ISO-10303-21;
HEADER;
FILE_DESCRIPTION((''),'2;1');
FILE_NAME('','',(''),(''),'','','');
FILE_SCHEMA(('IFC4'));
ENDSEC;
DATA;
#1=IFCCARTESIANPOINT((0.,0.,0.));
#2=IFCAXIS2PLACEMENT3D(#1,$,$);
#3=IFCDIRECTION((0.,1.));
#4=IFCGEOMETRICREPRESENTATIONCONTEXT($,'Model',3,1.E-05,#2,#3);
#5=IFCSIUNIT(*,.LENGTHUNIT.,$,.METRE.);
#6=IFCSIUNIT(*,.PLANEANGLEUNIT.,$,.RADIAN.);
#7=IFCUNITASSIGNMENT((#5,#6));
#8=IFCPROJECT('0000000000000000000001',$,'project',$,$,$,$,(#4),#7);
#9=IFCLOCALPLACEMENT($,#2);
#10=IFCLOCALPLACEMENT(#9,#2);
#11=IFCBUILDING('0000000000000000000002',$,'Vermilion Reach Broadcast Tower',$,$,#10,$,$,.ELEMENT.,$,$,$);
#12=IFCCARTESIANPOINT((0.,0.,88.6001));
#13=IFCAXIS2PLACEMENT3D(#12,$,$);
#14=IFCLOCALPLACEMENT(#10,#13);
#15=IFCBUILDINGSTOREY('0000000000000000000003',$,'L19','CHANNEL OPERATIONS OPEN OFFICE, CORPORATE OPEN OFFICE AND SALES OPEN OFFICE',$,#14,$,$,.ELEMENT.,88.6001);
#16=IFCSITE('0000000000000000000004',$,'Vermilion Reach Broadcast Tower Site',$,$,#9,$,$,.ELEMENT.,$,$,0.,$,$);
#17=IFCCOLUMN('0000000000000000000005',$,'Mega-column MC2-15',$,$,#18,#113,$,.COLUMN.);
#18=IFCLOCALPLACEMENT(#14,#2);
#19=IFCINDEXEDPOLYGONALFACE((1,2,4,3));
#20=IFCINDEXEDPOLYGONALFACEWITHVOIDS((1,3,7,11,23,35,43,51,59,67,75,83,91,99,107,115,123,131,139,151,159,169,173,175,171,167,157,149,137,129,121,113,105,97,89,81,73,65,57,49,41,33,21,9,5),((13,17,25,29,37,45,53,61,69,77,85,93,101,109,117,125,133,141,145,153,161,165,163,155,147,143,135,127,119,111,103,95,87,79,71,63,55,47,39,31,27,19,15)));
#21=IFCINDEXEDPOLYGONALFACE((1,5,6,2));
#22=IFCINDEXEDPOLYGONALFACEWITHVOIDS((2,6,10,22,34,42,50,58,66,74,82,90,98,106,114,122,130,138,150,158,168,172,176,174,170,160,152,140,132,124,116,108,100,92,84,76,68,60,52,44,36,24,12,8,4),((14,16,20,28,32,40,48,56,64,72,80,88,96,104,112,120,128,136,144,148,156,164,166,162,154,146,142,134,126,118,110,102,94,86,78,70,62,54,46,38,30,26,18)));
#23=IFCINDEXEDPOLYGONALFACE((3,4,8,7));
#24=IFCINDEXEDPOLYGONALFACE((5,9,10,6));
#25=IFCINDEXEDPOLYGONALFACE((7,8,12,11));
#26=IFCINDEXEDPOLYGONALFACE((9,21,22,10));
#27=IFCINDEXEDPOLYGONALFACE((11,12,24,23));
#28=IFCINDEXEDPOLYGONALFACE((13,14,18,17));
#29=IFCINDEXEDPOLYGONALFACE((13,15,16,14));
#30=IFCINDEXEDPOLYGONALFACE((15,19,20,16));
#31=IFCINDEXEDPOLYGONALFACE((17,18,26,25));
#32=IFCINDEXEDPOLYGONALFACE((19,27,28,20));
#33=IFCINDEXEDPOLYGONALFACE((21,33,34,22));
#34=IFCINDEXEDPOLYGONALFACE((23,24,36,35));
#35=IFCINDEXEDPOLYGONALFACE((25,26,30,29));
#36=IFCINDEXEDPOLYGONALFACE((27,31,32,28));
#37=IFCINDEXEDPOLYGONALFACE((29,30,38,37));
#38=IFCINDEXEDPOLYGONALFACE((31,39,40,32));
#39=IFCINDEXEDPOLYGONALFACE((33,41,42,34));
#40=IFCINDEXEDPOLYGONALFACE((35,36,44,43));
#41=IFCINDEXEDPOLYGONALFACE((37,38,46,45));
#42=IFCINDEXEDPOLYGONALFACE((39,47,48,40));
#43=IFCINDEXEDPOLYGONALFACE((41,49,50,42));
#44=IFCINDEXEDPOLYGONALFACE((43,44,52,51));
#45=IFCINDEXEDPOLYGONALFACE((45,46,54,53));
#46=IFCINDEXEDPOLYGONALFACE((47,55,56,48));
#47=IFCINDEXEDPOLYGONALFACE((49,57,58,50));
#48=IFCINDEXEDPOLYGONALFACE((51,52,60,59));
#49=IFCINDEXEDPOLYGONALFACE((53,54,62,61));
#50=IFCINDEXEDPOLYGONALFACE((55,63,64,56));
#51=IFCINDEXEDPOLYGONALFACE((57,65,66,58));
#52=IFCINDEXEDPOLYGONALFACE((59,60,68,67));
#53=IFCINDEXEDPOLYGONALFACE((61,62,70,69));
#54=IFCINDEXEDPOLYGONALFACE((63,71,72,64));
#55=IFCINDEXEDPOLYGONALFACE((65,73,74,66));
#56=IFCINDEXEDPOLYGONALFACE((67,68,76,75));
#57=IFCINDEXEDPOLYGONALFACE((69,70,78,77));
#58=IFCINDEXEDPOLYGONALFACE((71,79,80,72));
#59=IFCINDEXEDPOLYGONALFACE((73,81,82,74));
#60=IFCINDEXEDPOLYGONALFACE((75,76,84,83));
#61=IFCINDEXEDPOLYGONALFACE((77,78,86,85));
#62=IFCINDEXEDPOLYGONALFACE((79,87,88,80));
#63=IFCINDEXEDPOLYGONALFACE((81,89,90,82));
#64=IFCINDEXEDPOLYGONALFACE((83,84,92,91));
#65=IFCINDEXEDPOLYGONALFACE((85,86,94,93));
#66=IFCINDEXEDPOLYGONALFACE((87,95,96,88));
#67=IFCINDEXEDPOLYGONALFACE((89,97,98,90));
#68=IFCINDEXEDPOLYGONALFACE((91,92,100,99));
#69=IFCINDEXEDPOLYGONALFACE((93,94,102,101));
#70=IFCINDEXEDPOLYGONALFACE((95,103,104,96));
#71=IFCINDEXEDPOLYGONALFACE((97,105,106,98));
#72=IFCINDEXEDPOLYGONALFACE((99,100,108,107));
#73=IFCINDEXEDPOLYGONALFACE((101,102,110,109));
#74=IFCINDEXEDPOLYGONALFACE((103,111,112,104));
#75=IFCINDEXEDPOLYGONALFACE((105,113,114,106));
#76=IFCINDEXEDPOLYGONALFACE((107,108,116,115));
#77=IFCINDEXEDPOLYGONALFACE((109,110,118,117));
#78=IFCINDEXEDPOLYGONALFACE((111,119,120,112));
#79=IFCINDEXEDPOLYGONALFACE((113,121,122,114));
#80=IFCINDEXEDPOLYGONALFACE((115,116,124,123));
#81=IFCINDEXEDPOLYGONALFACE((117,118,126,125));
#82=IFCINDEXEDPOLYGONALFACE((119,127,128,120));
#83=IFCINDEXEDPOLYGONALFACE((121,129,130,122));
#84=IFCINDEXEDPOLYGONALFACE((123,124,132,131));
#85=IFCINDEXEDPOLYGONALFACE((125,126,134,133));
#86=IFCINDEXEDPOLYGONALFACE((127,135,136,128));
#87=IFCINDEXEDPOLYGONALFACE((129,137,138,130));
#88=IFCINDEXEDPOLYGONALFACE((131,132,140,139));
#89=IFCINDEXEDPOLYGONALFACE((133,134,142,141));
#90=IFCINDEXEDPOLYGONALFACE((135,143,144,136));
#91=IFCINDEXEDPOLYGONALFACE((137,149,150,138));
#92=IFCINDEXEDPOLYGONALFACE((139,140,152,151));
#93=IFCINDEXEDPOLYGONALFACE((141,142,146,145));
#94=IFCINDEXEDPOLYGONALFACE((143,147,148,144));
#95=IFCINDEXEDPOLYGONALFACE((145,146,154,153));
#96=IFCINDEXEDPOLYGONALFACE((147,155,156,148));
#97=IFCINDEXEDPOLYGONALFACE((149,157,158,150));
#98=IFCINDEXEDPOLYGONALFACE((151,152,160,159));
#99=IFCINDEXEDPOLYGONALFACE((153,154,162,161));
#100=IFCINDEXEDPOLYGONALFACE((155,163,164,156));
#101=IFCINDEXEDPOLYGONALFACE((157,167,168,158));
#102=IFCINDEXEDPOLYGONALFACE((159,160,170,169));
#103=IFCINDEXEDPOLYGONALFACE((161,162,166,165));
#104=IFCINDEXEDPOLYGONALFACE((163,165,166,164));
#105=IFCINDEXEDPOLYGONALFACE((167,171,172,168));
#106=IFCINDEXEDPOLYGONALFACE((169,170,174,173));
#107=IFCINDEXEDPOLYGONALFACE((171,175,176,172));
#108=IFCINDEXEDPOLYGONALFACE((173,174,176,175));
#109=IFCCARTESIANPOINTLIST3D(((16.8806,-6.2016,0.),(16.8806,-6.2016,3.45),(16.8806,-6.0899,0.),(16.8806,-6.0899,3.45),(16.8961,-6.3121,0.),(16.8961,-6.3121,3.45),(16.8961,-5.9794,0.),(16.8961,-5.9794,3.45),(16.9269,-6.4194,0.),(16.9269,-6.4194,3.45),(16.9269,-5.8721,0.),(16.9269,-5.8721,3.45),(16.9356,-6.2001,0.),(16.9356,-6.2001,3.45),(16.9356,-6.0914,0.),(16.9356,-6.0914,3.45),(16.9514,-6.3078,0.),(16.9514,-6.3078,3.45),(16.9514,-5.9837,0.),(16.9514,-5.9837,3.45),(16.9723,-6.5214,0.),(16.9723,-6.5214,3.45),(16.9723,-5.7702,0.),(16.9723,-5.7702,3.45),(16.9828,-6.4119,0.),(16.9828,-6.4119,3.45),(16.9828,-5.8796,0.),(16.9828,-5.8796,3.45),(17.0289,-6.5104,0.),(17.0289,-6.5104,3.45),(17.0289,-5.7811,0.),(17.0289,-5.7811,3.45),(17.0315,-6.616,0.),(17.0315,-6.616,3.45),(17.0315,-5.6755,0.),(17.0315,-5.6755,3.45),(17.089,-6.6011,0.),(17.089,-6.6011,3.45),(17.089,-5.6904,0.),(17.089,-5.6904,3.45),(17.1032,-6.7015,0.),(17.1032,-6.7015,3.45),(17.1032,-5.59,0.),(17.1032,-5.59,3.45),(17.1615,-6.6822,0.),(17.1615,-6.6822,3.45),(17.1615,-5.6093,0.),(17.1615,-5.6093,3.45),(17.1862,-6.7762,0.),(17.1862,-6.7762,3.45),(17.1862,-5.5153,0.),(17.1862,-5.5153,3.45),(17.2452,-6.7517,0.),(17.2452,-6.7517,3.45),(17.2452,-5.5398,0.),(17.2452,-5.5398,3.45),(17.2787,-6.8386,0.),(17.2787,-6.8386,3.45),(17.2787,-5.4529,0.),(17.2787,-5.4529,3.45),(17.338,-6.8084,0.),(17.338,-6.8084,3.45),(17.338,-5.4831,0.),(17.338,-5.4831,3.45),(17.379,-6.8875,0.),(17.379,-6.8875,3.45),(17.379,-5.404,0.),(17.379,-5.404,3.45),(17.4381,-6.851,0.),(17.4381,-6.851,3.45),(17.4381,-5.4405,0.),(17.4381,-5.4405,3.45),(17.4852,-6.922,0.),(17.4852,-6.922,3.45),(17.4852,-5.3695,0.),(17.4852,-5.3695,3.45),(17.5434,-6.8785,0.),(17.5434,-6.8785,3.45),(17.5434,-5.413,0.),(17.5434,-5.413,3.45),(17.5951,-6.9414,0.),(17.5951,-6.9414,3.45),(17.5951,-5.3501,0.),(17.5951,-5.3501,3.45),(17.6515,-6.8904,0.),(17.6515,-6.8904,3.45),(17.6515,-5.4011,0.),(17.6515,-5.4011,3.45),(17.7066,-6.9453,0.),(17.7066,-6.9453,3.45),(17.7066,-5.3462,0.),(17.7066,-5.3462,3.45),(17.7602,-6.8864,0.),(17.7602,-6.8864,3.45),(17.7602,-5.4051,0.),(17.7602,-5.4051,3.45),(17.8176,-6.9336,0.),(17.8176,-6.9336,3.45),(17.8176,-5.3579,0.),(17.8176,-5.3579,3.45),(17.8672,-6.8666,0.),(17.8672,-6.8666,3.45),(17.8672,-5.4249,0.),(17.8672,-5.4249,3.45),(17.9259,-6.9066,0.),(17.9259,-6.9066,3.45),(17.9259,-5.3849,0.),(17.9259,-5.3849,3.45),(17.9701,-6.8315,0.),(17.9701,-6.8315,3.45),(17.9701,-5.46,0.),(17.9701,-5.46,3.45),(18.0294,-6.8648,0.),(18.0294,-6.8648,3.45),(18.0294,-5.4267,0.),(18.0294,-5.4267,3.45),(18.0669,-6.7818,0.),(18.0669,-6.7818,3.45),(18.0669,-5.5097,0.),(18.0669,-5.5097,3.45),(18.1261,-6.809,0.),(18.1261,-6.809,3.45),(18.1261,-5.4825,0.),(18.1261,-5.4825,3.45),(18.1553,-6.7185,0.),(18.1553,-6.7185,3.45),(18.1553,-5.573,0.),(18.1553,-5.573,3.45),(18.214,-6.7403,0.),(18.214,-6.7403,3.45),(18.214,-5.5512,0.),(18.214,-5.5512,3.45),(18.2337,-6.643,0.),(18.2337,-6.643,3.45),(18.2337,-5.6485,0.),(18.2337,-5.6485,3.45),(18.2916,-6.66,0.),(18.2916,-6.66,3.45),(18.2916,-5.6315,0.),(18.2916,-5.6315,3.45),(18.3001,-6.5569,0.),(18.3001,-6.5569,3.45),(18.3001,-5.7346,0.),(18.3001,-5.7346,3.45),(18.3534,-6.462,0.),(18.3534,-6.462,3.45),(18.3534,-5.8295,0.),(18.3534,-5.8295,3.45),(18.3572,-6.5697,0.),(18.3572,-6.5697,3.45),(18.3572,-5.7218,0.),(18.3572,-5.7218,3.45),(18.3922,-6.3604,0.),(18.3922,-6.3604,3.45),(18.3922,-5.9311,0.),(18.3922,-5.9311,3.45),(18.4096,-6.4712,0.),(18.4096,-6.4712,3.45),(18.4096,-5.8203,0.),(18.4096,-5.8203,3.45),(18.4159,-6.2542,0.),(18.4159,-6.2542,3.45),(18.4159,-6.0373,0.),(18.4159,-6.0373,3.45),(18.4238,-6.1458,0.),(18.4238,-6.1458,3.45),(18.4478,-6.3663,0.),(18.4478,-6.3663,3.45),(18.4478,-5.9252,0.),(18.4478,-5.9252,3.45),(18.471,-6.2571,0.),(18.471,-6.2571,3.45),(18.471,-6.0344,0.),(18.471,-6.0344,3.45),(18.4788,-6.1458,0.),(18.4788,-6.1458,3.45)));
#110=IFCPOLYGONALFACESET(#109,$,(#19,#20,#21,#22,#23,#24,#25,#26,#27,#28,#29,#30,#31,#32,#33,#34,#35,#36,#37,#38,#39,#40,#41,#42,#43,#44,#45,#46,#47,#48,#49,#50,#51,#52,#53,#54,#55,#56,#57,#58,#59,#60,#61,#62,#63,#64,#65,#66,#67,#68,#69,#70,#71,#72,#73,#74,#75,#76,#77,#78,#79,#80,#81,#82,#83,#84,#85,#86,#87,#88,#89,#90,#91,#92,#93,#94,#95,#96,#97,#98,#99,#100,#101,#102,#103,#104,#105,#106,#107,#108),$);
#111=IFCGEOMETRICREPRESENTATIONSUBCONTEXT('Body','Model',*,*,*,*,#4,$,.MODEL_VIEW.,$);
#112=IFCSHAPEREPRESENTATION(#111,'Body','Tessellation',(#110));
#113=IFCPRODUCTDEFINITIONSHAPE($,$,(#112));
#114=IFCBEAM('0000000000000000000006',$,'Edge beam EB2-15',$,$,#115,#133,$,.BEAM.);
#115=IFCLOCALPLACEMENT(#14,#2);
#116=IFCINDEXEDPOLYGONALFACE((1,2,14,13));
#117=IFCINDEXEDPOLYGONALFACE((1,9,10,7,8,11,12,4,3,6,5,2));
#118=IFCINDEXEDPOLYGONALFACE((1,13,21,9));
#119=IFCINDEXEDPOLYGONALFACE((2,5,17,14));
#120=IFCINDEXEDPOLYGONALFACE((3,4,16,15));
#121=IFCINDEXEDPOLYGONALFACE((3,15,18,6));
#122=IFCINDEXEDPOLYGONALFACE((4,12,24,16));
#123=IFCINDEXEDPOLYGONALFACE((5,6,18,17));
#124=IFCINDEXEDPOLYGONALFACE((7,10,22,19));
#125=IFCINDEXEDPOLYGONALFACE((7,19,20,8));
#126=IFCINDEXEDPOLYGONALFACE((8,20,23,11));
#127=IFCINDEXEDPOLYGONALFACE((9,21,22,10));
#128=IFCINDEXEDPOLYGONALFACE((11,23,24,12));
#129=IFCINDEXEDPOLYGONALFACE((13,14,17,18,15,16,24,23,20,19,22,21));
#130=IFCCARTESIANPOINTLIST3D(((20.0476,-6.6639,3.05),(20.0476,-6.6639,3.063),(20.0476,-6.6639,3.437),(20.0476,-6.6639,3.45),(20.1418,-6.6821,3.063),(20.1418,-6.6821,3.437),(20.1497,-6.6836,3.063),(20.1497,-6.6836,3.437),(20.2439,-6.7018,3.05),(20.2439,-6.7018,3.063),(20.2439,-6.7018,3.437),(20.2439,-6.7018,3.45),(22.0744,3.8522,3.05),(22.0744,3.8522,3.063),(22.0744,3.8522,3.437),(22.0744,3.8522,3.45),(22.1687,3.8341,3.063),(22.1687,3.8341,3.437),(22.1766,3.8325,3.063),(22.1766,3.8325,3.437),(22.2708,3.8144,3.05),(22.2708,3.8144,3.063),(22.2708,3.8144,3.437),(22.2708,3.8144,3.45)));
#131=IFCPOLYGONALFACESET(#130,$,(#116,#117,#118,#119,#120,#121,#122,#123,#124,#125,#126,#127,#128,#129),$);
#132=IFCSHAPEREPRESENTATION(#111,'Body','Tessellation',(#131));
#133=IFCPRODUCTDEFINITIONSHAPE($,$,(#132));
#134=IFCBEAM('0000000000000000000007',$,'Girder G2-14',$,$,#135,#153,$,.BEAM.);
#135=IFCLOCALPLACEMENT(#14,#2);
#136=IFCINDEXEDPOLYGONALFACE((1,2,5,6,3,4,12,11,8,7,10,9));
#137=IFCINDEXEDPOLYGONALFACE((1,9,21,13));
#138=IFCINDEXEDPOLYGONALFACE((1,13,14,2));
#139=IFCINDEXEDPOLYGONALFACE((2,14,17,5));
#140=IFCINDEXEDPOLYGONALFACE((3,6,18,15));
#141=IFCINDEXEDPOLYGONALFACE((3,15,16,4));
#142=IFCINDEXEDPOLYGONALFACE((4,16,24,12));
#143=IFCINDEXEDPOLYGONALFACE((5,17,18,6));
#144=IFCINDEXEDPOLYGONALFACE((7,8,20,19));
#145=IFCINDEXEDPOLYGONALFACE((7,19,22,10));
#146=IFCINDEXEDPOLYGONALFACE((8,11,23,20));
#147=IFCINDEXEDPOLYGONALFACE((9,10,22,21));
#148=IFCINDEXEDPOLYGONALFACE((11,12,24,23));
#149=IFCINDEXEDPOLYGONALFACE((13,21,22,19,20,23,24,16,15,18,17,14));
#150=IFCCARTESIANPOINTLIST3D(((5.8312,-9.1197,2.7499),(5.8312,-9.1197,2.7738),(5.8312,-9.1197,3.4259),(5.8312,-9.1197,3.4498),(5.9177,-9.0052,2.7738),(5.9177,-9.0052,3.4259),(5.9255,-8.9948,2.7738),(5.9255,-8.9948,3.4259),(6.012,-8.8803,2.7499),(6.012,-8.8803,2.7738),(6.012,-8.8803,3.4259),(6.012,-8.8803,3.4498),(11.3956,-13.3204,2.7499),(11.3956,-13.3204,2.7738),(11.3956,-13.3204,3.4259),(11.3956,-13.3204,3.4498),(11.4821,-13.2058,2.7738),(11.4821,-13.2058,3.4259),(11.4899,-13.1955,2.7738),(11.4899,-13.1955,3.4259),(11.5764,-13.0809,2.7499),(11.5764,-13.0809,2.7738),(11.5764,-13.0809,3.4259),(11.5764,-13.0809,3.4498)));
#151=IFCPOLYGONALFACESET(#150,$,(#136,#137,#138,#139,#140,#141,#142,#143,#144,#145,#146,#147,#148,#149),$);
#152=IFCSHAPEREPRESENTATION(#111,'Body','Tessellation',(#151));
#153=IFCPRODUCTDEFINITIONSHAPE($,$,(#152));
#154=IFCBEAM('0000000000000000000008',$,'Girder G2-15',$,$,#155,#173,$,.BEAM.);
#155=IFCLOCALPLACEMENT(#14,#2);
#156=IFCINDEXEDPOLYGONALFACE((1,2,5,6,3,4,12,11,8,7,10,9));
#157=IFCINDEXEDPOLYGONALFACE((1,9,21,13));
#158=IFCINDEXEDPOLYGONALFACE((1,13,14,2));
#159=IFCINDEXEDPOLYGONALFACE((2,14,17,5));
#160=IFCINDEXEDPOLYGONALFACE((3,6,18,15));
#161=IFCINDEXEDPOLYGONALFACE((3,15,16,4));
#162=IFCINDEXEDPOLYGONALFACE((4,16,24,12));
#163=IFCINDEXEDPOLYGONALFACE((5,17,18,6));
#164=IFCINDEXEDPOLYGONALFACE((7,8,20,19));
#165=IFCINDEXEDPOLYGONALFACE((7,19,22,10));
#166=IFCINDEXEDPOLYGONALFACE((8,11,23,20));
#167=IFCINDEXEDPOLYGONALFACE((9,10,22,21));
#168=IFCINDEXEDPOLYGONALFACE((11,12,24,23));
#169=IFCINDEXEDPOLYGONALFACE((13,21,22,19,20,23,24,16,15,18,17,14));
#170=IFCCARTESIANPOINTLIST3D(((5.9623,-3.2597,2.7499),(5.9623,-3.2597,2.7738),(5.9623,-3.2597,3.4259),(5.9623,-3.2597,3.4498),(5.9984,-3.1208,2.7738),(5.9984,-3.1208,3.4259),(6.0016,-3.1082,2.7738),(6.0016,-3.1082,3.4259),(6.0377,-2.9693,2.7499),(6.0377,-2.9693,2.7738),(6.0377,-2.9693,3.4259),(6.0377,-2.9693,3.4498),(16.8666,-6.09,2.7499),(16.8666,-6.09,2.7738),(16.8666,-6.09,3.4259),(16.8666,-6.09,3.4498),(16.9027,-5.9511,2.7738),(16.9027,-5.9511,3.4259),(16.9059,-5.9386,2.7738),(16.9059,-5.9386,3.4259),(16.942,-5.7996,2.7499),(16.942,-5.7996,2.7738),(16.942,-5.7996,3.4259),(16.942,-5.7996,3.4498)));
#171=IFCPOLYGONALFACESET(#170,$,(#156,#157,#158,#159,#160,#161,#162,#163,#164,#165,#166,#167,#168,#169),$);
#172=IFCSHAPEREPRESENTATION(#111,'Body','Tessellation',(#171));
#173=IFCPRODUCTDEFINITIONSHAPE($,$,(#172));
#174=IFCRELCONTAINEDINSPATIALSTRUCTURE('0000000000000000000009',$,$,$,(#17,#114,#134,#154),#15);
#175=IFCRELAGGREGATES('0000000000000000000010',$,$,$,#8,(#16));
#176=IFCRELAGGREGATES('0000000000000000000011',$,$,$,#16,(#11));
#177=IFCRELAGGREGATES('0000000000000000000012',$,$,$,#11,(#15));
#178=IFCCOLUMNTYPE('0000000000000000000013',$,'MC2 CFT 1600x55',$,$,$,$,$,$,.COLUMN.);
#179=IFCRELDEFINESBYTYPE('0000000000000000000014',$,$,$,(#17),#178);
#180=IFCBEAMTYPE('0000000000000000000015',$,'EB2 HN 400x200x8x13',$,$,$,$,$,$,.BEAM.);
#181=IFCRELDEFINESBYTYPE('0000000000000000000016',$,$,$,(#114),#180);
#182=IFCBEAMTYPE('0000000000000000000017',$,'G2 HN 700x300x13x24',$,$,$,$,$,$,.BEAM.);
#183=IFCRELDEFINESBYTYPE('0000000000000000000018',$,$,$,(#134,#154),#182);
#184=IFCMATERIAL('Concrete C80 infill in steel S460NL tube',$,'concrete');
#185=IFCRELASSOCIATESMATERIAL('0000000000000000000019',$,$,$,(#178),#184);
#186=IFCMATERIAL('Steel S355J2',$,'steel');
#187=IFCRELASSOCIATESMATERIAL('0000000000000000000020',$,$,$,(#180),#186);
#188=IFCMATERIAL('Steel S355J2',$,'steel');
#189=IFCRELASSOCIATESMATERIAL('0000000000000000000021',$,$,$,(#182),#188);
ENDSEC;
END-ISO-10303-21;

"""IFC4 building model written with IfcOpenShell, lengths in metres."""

from ifc_helpers import new_model, si_unit, direction, frame, origin, origin_2d, place, context, subcontext, project, spatial, hollow_circle, i_section, extrude, material, material_profile, profile_set, type_object, element, save


model = new_model("IFC4")

# Units and contexts
model_context = context("Model", 3, precision=1e-05, world=origin(), true_north=direction((0.0, 1.0)))
body_context = subcontext(model_context, "Body", "Model", "MODEL_VIEW")
ifc_project = project(units=[si_unit("LENGTHUNIT", "METRE"), si_unit("PLANEANGLEUNIT", "RADIAN")], contexts=[model_context])

# Site, building, storey
site_placement = place(None, origin())
site = spatial("IfcSite", under=ifc_project, at=site_placement, Name="Vermilion Reach Broadcast Tower Site", CompositionType="ELEMENT", RefElevation=0.0)
building_placement = place(site_placement, origin())
building = spatial("IfcBuilding", under=site, at=building_placement, Name="Vermilion Reach Broadcast Tower", CompositionType="ELEMENT")
storey_placement = place(building_placement, frame((0.0, 0.0, 88.6001)))
storey = spatial("IfcBuildingStorey", under=building, at=storey_placement, Name="L19", Description="CHANNEL OPERATIONS OPEN OFFICE, CORPORATE OPEN OFFICE AND SALES OPEN OFFICE", CompositionType="ELEMENT", Elevation=88.6001)

# Column
ifc_material_1 = material(Name="Concrete C80 infill in steel S460NL tube", Category="concrete")
ifc_material_profile_1 = material_profile(ifc_material_1, hollow_circle(Radius=0.8, WallThickness=0.0549, at=origin_2d()), Name="Concrete C80 infill in steel S460NL tube CFT 1600x55")
ifc_profile_set_1 = profile_set([ifc_material_profile_1], Name="Concrete C80 infill in steel S460NL tube")
column_type = type_object("IfcColumnType", Name="MC2 CFT 1600x55", PredefinedType="COLUMN", material=ifc_profile_set_1)
column_placement = place(storey_placement, frame((17.6787, -6.1458, 0.0), z_axis=(0.0, 0.0, 1.0), x_axis=(1.0, 0.0, 0.0)))
element("IfcColumn", 1, at=column_placement, inside=storey, type_object=column_type, Name="Mega-column MC2-15", PredefinedType="COLUMN", context=body_context, shape_type="SweptSolid", body=[
    extrude(hollow_circle(Radius=0.8, WallThickness=0.0549, at=origin_2d()), origin(), (0.0, 0.0, 1.0), 3.45),
])

# Beams
ifc_material_2 = material(Name="Steel S355J2", Category="steel")
ifc_material_profile_2 = material_profile(ifc_material_2, i_section(OverallWidth=0.2, OverallDepth=0.3999, WebThickness=0.0081, FlangeThickness=0.0129, at=origin_2d()), Name="S355J2 HN 400x200x8x13")
ifc_profile_set_2 = profile_set([ifc_material_profile_2], Name="Steel S355J2")
beam_type_1 = type_object("IfcBeamType", Name="EB2 HN 400x200x8x13", PredefinedType="BEAM", material=ifc_profile_set_2)
beam_1_placement = place(storey_placement, frame((20.1458, -6.6829, 3.25), z_axis=(0.189255, 0.981928, 0.0), x_axis=(-0.981928, 0.189255, 0.0)))
element("IfcBeam", 2, at=beam_1_placement, inside=storey, type_object=beam_type_1, Name="Edge beam EB2-15", PredefinedType="BEAM", context=body_context, shape_type="SweptSolid", body=[
    extrude(i_section(OverallWidth=0.2, OverallDepth=0.3999, WebThickness=0.0081, FlangeThickness=0.0129, at=origin_2d()), origin(), (0.0, 0.0, 1.0), 10.7097),
])
ifc_material_3 = material(Name="Steel S355J2", Category="steel")
ifc_material_profile_3 = material_profile(ifc_material_3, i_section(OverallWidth=0.3, OverallDepth=0.7, WebThickness=0.0129, FlangeThickness=0.0239, at=origin_2d()), Name="S355J2 HN 700x300x13x24")
ifc_profile_set_3 = profile_set([ifc_material_profile_3], Name="Steel S355J2")
beam_type_2 = type_object("IfcBeamType", Name="G2 HN 700x300x13x24", PredefinedType="BEAM", material=ifc_profile_set_3)
beam_2_placement = place(storey_placement, frame((5.9216, -9.0, 3.0999), z_axis=(0.798114, -0.602507, 0.0), x_axis=(0.602507, 0.798114, 0.0)))
element("IfcBeam", 3, at=beam_2_placement, inside=storey, type_object=beam_type_2, Name="Girder G2-14", PredefinedType="BEAM", context=body_context, shape_type="SweptSolid", body=[
    extrude(i_section(OverallWidth=0.3, OverallDepth=0.7, WebThickness=0.0129, FlangeThickness=0.0239, at=origin_2d()), origin(), (0.0, 0.0, 1.0), 6.9719),
])
beam_3_placement = place(storey_placement, frame((6.0, -3.1145, 3.0999), z_axis=(0.967926, -0.251235, 0.0), x_axis=(0.251235, 0.967926, 0.0)))
element("IfcBeam", 4, at=beam_3_placement, inside=storey, type_object=beam_type_2, Name="Girder G2-15", PredefinedType="BEAM", context=body_context, shape_type="SweptSolid", body=[
    extrude(i_section(OverallWidth=0.3, OverallDepth=0.7, WebThickness=0.0129, FlangeThickness=0.0239, at=origin_2d()), origin(), (0.0, 0.0, 1.0), 11.2656),
])

save(model, "model.ifc")
